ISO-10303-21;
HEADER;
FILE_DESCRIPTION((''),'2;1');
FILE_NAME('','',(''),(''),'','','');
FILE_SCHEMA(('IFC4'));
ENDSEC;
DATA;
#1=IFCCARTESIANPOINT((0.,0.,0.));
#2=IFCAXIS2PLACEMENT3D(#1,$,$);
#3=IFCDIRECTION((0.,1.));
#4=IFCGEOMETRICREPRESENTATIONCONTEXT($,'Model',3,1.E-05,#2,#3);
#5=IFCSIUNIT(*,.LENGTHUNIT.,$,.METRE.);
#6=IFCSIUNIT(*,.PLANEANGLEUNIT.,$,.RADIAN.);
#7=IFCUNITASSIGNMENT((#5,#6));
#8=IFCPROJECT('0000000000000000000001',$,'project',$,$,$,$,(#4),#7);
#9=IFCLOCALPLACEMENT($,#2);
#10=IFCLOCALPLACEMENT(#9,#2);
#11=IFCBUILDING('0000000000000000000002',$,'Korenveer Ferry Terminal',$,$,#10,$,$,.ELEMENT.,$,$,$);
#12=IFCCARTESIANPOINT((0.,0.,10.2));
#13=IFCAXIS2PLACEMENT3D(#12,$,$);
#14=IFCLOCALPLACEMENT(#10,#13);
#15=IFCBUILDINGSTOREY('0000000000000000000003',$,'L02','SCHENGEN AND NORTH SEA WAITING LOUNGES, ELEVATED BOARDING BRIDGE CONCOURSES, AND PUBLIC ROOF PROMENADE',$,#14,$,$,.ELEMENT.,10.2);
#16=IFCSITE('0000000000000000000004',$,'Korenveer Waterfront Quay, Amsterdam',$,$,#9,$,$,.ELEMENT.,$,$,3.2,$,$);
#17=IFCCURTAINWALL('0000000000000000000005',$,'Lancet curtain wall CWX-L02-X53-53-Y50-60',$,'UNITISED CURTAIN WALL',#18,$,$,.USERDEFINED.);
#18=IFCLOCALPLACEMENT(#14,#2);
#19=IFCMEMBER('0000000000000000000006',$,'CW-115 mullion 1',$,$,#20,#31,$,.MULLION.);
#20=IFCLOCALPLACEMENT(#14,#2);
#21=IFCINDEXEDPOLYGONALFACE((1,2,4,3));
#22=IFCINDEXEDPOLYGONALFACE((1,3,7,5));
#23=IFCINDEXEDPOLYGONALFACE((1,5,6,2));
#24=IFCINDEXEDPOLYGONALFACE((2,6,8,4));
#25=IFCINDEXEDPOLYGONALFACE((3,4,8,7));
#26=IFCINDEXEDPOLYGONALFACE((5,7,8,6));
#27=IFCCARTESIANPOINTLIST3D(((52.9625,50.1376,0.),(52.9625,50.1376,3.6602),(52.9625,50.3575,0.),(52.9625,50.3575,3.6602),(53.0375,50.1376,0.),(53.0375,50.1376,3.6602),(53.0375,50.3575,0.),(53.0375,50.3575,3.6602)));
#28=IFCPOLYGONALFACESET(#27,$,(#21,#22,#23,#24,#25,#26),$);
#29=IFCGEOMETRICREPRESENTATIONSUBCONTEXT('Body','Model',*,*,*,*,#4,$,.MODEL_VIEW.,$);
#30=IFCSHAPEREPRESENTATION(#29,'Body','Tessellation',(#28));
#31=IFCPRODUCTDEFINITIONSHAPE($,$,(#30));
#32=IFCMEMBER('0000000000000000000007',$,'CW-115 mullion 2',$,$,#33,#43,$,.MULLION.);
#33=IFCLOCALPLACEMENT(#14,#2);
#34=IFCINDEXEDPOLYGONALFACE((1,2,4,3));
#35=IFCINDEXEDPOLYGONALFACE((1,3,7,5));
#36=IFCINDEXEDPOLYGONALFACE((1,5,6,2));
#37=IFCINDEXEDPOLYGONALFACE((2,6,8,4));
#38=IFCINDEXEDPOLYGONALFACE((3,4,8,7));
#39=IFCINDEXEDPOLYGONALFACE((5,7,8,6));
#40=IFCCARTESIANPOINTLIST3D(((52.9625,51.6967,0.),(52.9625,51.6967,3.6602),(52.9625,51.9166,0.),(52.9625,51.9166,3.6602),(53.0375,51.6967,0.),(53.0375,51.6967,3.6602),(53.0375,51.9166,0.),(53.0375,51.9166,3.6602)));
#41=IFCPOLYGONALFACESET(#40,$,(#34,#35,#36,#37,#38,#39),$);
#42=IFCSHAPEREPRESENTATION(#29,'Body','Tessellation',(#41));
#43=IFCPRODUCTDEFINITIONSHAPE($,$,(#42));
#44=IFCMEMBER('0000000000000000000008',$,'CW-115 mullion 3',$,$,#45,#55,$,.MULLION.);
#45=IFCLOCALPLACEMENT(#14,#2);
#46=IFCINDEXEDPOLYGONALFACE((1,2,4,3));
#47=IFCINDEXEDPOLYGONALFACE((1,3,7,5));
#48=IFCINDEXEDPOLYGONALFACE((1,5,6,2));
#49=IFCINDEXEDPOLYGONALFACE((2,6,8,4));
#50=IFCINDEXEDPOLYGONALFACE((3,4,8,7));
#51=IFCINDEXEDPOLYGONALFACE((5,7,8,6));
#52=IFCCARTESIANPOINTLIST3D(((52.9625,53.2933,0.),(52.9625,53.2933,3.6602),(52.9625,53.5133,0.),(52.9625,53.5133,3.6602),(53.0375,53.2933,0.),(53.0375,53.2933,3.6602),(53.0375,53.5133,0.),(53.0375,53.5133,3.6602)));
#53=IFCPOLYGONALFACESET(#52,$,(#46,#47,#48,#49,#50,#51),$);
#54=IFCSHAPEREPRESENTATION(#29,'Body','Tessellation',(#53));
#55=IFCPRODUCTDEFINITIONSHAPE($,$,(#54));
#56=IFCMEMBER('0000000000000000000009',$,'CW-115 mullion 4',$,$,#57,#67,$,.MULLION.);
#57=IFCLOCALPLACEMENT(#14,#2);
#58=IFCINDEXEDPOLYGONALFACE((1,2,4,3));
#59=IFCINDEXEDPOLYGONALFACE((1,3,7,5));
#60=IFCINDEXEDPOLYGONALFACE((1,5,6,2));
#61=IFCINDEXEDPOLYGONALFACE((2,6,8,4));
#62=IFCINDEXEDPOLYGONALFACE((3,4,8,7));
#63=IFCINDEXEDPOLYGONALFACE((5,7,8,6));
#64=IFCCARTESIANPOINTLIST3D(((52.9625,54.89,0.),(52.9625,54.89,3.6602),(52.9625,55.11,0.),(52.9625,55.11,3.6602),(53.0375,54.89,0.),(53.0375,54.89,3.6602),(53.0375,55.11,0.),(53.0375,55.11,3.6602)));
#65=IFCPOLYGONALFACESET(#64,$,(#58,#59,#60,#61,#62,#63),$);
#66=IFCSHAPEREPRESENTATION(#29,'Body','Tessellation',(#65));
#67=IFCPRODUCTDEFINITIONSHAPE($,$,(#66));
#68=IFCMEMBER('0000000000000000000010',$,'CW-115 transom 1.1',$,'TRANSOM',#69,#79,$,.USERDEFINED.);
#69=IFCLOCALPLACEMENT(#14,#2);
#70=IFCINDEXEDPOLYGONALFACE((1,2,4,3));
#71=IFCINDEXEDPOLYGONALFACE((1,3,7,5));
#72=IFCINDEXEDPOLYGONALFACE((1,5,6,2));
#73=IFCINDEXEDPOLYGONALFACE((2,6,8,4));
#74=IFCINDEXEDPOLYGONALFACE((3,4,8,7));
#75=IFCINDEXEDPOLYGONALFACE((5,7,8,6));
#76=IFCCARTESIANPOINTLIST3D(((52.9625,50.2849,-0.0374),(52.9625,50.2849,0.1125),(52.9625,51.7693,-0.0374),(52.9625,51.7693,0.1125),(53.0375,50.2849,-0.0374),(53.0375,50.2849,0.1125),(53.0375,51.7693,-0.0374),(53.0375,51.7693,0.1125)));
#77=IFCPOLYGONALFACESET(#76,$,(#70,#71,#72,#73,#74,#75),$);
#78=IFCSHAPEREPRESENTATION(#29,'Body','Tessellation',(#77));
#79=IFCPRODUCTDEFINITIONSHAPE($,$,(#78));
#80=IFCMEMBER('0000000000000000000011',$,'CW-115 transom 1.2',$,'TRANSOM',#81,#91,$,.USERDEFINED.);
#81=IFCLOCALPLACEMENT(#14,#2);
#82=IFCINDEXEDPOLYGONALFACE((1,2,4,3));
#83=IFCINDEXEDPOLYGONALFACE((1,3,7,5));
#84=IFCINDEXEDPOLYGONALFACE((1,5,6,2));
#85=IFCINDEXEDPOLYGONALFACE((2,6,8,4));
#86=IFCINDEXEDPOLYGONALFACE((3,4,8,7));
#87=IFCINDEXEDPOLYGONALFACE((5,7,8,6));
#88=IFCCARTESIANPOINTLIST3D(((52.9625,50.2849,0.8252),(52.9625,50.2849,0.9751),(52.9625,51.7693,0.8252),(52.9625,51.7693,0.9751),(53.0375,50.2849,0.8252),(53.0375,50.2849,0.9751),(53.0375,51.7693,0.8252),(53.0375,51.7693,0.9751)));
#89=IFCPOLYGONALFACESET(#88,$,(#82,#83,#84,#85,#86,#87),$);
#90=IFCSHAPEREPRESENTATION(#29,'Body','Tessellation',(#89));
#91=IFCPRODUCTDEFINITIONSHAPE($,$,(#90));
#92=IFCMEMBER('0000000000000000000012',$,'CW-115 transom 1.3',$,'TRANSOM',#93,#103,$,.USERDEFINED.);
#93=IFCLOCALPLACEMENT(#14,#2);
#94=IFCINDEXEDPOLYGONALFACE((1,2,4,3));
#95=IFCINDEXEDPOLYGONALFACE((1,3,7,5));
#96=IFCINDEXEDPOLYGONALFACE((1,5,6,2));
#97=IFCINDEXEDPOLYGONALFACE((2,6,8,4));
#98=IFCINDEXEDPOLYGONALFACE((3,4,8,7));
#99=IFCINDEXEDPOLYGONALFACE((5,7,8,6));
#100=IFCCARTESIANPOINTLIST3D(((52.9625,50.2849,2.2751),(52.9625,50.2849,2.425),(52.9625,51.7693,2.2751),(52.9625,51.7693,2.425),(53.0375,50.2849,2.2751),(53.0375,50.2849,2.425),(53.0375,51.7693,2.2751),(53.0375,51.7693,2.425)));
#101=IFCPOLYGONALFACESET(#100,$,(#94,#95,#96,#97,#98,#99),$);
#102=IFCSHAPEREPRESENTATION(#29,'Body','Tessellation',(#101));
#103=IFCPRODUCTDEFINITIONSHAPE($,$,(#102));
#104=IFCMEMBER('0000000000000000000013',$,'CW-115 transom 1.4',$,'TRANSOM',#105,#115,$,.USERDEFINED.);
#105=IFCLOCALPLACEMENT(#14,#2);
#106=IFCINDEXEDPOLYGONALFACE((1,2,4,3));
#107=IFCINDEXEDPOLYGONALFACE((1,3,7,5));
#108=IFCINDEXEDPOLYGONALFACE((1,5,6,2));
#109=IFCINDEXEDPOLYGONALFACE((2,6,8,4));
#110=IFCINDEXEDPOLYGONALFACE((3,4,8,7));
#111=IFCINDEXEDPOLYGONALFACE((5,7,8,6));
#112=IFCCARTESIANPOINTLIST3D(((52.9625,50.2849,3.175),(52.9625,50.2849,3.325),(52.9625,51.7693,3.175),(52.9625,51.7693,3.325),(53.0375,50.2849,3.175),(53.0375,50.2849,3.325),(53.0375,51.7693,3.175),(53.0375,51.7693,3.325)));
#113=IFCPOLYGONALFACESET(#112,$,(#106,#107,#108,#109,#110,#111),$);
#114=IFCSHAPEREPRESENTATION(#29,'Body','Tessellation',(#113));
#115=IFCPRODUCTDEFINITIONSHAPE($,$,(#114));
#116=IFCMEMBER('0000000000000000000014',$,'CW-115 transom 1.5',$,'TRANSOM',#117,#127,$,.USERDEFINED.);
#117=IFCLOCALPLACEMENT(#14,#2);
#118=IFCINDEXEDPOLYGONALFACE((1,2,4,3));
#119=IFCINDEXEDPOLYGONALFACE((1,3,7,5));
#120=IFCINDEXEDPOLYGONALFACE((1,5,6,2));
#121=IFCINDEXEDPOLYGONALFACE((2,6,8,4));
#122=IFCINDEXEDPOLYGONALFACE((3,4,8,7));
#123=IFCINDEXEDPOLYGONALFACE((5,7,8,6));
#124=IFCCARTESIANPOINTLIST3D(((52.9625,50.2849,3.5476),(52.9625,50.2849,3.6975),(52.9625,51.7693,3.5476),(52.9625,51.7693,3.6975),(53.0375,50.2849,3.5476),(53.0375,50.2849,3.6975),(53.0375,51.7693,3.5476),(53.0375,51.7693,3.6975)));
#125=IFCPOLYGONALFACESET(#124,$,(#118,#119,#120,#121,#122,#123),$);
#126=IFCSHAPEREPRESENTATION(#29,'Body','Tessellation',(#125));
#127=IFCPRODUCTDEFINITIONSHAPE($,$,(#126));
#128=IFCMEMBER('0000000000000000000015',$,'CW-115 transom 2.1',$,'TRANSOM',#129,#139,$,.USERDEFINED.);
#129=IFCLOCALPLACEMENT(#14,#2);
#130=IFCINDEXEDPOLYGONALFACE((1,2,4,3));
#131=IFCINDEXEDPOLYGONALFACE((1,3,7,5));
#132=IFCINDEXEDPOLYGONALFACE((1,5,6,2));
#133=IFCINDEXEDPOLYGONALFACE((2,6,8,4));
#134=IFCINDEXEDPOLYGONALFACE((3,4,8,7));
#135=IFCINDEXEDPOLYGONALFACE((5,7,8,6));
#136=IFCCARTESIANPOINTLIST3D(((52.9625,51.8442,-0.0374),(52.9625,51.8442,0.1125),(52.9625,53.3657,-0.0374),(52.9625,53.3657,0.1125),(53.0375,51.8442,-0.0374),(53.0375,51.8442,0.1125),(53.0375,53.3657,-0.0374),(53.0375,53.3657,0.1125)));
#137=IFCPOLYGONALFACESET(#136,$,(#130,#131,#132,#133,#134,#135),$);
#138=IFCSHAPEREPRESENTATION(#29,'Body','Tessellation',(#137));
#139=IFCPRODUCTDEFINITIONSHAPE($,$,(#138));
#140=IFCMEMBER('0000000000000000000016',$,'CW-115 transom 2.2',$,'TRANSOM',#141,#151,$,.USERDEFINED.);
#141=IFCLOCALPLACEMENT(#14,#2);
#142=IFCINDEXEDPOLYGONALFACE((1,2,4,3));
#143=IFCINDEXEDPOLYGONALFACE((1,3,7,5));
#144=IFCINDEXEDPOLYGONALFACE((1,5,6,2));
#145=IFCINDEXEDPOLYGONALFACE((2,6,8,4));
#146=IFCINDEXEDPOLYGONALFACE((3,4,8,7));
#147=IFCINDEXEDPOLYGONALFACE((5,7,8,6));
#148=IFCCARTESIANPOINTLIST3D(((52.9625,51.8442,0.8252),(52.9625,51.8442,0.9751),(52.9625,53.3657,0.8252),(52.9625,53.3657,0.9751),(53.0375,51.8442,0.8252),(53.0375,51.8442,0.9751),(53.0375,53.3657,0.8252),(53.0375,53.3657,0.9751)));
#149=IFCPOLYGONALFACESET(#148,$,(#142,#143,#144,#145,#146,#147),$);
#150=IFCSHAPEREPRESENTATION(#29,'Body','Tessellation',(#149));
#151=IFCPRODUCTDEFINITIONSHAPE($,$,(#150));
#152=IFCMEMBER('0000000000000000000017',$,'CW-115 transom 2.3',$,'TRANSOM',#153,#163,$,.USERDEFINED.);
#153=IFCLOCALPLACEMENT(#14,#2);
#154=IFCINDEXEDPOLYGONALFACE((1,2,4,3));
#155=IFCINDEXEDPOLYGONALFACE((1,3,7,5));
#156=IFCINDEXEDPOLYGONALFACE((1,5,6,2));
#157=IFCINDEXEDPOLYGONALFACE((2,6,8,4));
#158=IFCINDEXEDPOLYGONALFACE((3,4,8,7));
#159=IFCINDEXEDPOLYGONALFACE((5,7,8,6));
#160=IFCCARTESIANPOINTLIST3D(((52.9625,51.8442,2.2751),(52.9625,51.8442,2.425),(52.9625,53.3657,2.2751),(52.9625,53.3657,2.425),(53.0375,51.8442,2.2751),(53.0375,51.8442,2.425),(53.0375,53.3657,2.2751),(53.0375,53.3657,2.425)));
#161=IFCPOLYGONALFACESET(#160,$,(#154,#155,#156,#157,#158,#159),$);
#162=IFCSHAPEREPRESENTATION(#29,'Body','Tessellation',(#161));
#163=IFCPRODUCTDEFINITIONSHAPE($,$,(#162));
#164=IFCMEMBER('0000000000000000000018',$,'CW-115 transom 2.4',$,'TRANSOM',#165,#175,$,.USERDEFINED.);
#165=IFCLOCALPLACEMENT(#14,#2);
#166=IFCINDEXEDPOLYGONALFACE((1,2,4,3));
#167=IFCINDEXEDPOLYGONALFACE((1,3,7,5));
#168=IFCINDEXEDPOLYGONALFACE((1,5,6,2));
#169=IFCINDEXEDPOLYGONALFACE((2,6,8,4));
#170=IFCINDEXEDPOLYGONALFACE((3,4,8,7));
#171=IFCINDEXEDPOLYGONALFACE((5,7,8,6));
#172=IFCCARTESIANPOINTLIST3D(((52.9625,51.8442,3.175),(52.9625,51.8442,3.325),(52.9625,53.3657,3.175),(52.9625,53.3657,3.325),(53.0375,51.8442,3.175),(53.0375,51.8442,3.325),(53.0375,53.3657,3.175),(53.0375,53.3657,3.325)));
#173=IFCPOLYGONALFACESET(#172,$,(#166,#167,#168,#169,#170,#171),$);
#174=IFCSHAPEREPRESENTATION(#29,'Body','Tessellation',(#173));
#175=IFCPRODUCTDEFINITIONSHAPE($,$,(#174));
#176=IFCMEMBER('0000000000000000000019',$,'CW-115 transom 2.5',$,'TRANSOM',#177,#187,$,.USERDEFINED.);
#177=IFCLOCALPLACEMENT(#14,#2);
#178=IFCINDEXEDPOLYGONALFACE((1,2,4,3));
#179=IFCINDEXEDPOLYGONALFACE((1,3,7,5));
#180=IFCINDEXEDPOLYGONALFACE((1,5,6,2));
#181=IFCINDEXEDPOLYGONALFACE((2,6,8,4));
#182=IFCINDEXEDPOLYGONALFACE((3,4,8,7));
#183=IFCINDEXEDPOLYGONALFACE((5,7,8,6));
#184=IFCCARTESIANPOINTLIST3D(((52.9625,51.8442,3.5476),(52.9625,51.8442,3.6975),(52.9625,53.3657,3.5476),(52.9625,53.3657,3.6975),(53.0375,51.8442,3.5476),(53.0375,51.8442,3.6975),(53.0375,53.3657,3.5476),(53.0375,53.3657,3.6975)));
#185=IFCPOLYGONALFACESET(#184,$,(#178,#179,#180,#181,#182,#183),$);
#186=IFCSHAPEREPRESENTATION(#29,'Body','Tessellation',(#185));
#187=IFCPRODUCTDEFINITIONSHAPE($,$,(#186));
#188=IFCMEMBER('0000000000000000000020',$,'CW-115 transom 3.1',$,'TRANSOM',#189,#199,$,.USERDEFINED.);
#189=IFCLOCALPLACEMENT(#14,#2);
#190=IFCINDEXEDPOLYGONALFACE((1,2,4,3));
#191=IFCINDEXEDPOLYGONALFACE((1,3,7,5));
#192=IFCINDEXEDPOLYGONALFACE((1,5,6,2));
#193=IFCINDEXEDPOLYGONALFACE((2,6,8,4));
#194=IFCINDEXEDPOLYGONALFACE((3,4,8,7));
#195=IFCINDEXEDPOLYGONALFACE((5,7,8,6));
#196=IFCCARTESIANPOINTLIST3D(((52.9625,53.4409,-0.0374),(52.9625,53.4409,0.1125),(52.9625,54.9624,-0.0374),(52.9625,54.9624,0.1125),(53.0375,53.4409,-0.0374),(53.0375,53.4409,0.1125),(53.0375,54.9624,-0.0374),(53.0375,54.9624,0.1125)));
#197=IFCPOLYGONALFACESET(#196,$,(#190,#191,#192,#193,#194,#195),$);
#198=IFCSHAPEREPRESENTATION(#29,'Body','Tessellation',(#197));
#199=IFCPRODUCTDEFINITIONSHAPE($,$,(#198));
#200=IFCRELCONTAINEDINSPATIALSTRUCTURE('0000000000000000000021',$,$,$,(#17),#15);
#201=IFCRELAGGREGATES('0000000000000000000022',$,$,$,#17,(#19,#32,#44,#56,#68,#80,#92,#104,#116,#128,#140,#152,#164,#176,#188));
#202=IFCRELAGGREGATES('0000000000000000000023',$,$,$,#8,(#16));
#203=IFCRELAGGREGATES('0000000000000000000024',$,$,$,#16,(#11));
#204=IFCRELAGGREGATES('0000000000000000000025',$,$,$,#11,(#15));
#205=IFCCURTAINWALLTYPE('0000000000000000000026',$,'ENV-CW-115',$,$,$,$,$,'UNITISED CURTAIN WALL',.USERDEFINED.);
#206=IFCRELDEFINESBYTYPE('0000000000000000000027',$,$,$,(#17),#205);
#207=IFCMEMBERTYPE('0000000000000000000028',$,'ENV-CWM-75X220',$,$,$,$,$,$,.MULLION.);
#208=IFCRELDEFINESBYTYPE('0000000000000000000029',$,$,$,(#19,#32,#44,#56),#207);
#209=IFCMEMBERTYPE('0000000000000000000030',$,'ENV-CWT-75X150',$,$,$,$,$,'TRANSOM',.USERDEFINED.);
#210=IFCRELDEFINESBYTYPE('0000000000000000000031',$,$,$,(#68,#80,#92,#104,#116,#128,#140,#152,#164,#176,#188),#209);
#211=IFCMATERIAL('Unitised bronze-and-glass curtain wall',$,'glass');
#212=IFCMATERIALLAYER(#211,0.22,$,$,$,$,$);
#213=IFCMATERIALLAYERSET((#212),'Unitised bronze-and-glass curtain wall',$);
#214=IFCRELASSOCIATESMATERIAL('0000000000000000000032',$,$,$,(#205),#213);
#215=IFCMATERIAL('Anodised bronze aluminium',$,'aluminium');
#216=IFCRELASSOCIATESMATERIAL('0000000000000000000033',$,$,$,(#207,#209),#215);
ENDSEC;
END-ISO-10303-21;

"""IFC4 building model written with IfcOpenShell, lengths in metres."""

from ifc_helpers import new_model, si_unit, direction, frame, origin, origin_2d, place, context, subcontext, project, spatial, rectangle, extrude, material, layer, layer_set, material_profile, profile_set, type_object, element, aggregate, save


model = new_model("IFC4")

# Units and contexts
model_context = context("Model", 3, precision=1e-05, world=origin(), true_north=direction((0.0, 1.0)))
body_context = subcontext(model_context, "Body", "Model", "MODEL_VIEW")
ifc_project = project(units=[si_unit("LENGTHUNIT", "METRE"), si_unit("PLANEANGLEUNIT", "RADIAN")], contexts=[model_context])

# Site, building, storey
site_placement = place(None, origin())
site = spatial("IfcSite", under=ifc_project, at=site_placement, Name="Korenveer Waterfront Quay, Amsterdam", CompositionType="ELEMENT", RefElevation=3.2)
building_placement = place(site_placement, origin())
building = spatial("IfcBuilding", under=site, at=building_placement, Name="Korenveer Ferry Terminal", CompositionType="ELEMENT")
storey_placement = place(building_placement, frame((0.0, 0.0, 10.2)))
storey = spatial("IfcBuildingStorey", under=building, at=storey_placement, Name="L02", Description="SCHENGEN AND NORTH SEA WAITING LOUNGES, ELEVATED BOARDING BRIDGE CONCOURSES, AND PUBLIC ROOF PROMENADE", CompositionType="ELEMENT", Elevation=10.2)

# Curtain wall, members
ifc_material_1 = material(Name="Unitised bronze-and-glass curtain wall", Category="glass")
ifc_layer_1 = layer(ifc_material_1, 0.22)
ifc_layer_set_1 = layer_set([ifc_layer_1], Name="Unitised bronze-and-glass curtain wall")
curtain_wall_type = type_object("IfcCurtainWallType", Name="ENV-CW-115", ElementType="UNITISED CURTAIN WALL", PredefinedType="USERDEFINED", material=ifc_layer_set_1)
curtain_wall_placement = place(storey_placement, frame((53.0, 50.21, 0.0)))
curtain_wall = element("IfcCurtainWall", 1, at=curtain_wall_placement, inside=storey, type_object=curtain_wall_type, Name="Lancet curtain wall CWX-L02-X53-53-Y50-60", ObjectType="UNITISED CURTAIN WALL", PredefinedType="USERDEFINED")
ifc_material_2 = material(Name="Anodised bronze aluminium", Category="aluminium")
ifc_material_profile_1 = material_profile(ifc_material_2, rectangle(XDim=0.075, YDim=0.22, at=origin_2d()), Name="ALU 75x220")
ifc_profile_set_1 = profile_set([ifc_material_profile_1], Name="Anodised bronze aluminium")
member_type_1 = type_object("IfcMemberType", Name="ENV-CWM-75X220", PredefinedType="MULLION", material=ifc_profile_set_1)
member_1_placement = place(storey_placement, frame((53.0, 50.2476, 0.0), z_axis=(0.0, 0.0, 1.0), x_axis=(-1.0, 0.0, 0.0)))
member_1 = element("IfcMember", 2, at=member_1_placement, type_object=member_type_1, Name="CW-115 mullion 1", PredefinedType="MULLION", context=body_context, shape_type="SweptSolid", body=[
    extrude(rectangle(XDim=0.075, YDim=0.22, at=origin_2d()), origin(), (0.0, 0.0, 1.0), 3.6602),
])
member_2_placement = place(storey_placement, frame((53.0, 51.8066, 0.0), z_axis=(0.0, 0.0, 1.0), x_axis=(-1.0, 0.0, 0.0)))
member_2 = element("IfcMember", 3, at=member_2_placement, type_object=member_type_1, Name="CW-115 mullion 2", PredefinedType="MULLION", context=body_context, shape_type="SweptSolid", body=[
    extrude(rectangle(XDim=0.075, YDim=0.22, at=origin_2d()), origin(), (0.0, 0.0, 1.0), 3.6602),
])
member_3_placement = place(storey_placement, frame((53.0, 53.4033, 0.0), z_axis=(0.0, 0.0, 1.0), x_axis=(-1.0, 0.0, 0.0)))
member_3 = element("IfcMember", 4, at=member_3_placement, type_object=member_type_1, Name="CW-115 mullion 3", PredefinedType="MULLION", context=body_context, shape_type="SweptSolid", body=[
    extrude(rectangle(XDim=0.075, YDim=0.22, at=origin_2d()), origin(), (0.0, 0.0, 1.0), 3.6602),
])
member_4_placement = place(storey_placement, frame((53.0, 55.0, 0.0), z_axis=(0.0, 0.0, 1.0), x_axis=(-1.0, 0.0, 0.0)))
member_4 = element("IfcMember", 5, at=member_4_placement, type_object=member_type_1, Name="CW-115 mullion 4", PredefinedType="MULLION", context=body_context, shape_type="SweptSolid", body=[
    extrude(rectangle(XDim=0.075, YDim=0.22, at=origin_2d()), origin(), (0.0, 0.0, 1.0), 3.6602),
])
ifc_material_profile_2 = material_profile(ifc_material_2, rectangle(XDim=0.075, YDim=0.1499, at=origin_2d()), Name="ALU 75x150")
ifc_profile_set_2 = profile_set([ifc_material_profile_2], Name="Anodised bronze aluminium")
member_type_2 = type_object("IfcMemberType", Name="ENV-CWT-75X150", ElementType="TRANSOM", PredefinedType="USERDEFINED", material=ifc_profile_set_2)
member_5_placement = place(storey_placement, frame((53.0, 50.2849, 0.0376), z_axis=(0.0, 1.0, 0.0), x_axis=(-1.0, 0.0, 0.0)))
member_5 = element("IfcMember", 6, at=member_5_placement, type_object=member_type_2, Name="CW-115 transom 1.1", ObjectType="TRANSOM", PredefinedType="USERDEFINED", context=body_context, shape_type="SweptSolid", body=[
    extrude(rectangle(XDim=0.075, YDim=0.1499, at=origin_2d()), origin(), (0.0, 0.0, 1.0), 1.4844),
])
member_6_placement = place(storey_placement, frame((53.0, 50.2849, 0.9001), z_axis=(0.0, 1.0, 0.0), x_axis=(-1.0, 0.0, 0.0)))
member_6 = element("IfcMember", 7, at=member_6_placement, type_object=member_type_2, Name="CW-115 transom 1.2", ObjectType="TRANSOM", PredefinedType="USERDEFINED", context=body_context, shape_type="SweptSolid", body=[
    extrude(rectangle(XDim=0.075, YDim=0.1499, at=origin_2d()), origin(), (0.0, 0.0, 1.0), 1.4844),
])
member_7_placement = place(storey_placement, frame((53.0, 50.2849, 2.3501), z_axis=(0.0, 1.0, 0.0), x_axis=(-1.0, 0.0, 0.0)))
member_7 = element("IfcMember", 8, at=member_7_placement, type_object=member_type_2, Name="CW-115 transom 1.3", ObjectType="TRANSOM", PredefinedType="USERDEFINED", context=body_context, shape_type="SweptSolid", body=[
    extrude(rectangle(XDim=0.075, YDim=0.1499, at=origin_2d()), origin(), (0.0, 0.0, 1.0), 1.4844),
])
member_8_placement = place(storey_placement, frame((53.0, 50.2849, 3.25), z_axis=(0.0, 1.0, 0.0), x_axis=(-1.0, 0.0, 0.0)))
member_8 = element("IfcMember", 9, at=member_8_placement, type_object=member_type_2, Name="CW-115 transom 1.4", ObjectType="TRANSOM", PredefinedType="USERDEFINED", context=body_context, shape_type="SweptSolid", body=[
    extrude(rectangle(XDim=0.075, YDim=0.1499, at=origin_2d()), origin(), (0.0, 0.0, 1.0), 1.4844),
])
member_9_placement = place(storey_placement, frame((53.0, 50.2849, 3.6226), z_axis=(0.0, 1.0, 0.0), x_axis=(-1.0, 0.0, 0.0)))
member_9 = element("IfcMember", 10, at=member_9_placement, type_object=member_type_2, Name="CW-115 transom 1.5", ObjectType="TRANSOM", PredefinedType="USERDEFINED", context=body_context, shape_type="SweptSolid", body=[
    extrude(rectangle(XDim=0.075, YDim=0.1499, at=origin_2d()), origin(), (0.0, 0.0, 1.0), 1.4844),
])
member_10_placement = place(storey_placement, frame((53.0, 51.8442, 0.0376), z_axis=(0.0, 1.0, 0.0), x_axis=(-1.0, 0.0, 0.0)))
member_10 = element("IfcMember", 11, at=member_10_placement, type_object=member_type_2, Name="CW-115 transom 2.1", ObjectType="TRANSOM", PredefinedType="USERDEFINED", context=body_context, shape_type="SweptSolid", body=[
    extrude(rectangle(XDim=0.075, YDim=0.1499, at=origin_2d()), origin(), (0.0, 0.0, 1.0), 1.5215),
])
member_11_placement = place(storey_placement, frame((53.0, 51.8442, 0.9001), z_axis=(0.0, 1.0, 0.0), x_axis=(-1.0, 0.0, 0.0)))
member_11 = element("IfcMember", 12, at=member_11_placement, type_object=member_type_2, Name="CW-115 transom 2.2", ObjectType="TRANSOM", PredefinedType="USERDEFINED", context=body_context, shape_type="SweptSolid", body=[
    extrude(rectangle(XDim=0.075, YDim=0.1499, at=origin_2d()), origin(), (0.0, 0.0, 1.0), 1.5215),
])
member_12_placement = place(storey_placement, frame((53.0, 51.8442, 2.3501), z_axis=(0.0, 1.0, 0.0), x_axis=(-1.0, 0.0, 0.0)))
member_12 = element("IfcMember", 13, at=member_12_placement, type_object=member_type_2, Name="CW-115 transom 2.3", ObjectType="TRANSOM", PredefinedType="USERDEFINED", context=body_context, shape_type="SweptSolid", body=[
    extrude(rectangle(XDim=0.075, YDim=0.1499, at=origin_2d()), origin(), (0.0, 0.0, 1.0), 1.5215),
])
member_13_placement = place(storey_placement, frame((53.0, 51.8442, 3.25), z_axis=(0.0, 1.0, 0.0), x_axis=(-1.0, 0.0, 0.0)))
member_13 = element("IfcMember", 14, at=member_13_placement, type_object=member_type_2, Name="CW-115 transom 2.4", ObjectType="TRANSOM", PredefinedType="USERDEFINED", context=body_context, shape_type="SweptSolid", body=[
    extrude(rectangle(XDim=0.075, YDim=0.1499, at=origin_2d()), origin(), (0.0, 0.0, 1.0), 1.5215),
])
member_14_placement = place(storey_placement, frame((53.0, 51.8442, 3.6226), z_axis=(0.0, 1.0, 0.0), x_axis=(-1.0, 0.0, 0.0)))
member_14 = element("IfcMember", 15, at=member_14_placement, type_object=member_type_2, Name="CW-115 transom 2.5", ObjectType="TRANSOM", PredefinedType="USERDEFINED", context=body_context, shape_type="SweptSolid", body=[
    extrude(rectangle(XDim=0.075, YDim=0.1499, at=origin_2d()), origin(), (0.0, 0.0, 1.0), 1.5215),
])
member_15_placement = place(storey_placement, frame((53.0, 53.4409, 0.0376), z_axis=(0.0, 1.0, 0.0), x_axis=(-1.0, 0.0, 0.0)))
member_15 = element("IfcMember", 16, at=member_15_placement, type_object=member_type_2, Name="CW-115 transom 3.1", ObjectType="TRANSOM", PredefinedType="USERDEFINED", context=body_context, shape_type="SweptSolid", body=[
    extrude(rectangle(XDim=0.075, YDim=0.1499, at=origin_2d()), origin(), (0.0, 0.0, 1.0), 1.5215),
])
aggregate(curtain_wall, [member_1, member_2, member_3, member_4, member_5, member_6, member_7, member_8, member_9, member_10, member_11, member_12, member_13, member_14, member_15])

save(model, "model.ifc")
